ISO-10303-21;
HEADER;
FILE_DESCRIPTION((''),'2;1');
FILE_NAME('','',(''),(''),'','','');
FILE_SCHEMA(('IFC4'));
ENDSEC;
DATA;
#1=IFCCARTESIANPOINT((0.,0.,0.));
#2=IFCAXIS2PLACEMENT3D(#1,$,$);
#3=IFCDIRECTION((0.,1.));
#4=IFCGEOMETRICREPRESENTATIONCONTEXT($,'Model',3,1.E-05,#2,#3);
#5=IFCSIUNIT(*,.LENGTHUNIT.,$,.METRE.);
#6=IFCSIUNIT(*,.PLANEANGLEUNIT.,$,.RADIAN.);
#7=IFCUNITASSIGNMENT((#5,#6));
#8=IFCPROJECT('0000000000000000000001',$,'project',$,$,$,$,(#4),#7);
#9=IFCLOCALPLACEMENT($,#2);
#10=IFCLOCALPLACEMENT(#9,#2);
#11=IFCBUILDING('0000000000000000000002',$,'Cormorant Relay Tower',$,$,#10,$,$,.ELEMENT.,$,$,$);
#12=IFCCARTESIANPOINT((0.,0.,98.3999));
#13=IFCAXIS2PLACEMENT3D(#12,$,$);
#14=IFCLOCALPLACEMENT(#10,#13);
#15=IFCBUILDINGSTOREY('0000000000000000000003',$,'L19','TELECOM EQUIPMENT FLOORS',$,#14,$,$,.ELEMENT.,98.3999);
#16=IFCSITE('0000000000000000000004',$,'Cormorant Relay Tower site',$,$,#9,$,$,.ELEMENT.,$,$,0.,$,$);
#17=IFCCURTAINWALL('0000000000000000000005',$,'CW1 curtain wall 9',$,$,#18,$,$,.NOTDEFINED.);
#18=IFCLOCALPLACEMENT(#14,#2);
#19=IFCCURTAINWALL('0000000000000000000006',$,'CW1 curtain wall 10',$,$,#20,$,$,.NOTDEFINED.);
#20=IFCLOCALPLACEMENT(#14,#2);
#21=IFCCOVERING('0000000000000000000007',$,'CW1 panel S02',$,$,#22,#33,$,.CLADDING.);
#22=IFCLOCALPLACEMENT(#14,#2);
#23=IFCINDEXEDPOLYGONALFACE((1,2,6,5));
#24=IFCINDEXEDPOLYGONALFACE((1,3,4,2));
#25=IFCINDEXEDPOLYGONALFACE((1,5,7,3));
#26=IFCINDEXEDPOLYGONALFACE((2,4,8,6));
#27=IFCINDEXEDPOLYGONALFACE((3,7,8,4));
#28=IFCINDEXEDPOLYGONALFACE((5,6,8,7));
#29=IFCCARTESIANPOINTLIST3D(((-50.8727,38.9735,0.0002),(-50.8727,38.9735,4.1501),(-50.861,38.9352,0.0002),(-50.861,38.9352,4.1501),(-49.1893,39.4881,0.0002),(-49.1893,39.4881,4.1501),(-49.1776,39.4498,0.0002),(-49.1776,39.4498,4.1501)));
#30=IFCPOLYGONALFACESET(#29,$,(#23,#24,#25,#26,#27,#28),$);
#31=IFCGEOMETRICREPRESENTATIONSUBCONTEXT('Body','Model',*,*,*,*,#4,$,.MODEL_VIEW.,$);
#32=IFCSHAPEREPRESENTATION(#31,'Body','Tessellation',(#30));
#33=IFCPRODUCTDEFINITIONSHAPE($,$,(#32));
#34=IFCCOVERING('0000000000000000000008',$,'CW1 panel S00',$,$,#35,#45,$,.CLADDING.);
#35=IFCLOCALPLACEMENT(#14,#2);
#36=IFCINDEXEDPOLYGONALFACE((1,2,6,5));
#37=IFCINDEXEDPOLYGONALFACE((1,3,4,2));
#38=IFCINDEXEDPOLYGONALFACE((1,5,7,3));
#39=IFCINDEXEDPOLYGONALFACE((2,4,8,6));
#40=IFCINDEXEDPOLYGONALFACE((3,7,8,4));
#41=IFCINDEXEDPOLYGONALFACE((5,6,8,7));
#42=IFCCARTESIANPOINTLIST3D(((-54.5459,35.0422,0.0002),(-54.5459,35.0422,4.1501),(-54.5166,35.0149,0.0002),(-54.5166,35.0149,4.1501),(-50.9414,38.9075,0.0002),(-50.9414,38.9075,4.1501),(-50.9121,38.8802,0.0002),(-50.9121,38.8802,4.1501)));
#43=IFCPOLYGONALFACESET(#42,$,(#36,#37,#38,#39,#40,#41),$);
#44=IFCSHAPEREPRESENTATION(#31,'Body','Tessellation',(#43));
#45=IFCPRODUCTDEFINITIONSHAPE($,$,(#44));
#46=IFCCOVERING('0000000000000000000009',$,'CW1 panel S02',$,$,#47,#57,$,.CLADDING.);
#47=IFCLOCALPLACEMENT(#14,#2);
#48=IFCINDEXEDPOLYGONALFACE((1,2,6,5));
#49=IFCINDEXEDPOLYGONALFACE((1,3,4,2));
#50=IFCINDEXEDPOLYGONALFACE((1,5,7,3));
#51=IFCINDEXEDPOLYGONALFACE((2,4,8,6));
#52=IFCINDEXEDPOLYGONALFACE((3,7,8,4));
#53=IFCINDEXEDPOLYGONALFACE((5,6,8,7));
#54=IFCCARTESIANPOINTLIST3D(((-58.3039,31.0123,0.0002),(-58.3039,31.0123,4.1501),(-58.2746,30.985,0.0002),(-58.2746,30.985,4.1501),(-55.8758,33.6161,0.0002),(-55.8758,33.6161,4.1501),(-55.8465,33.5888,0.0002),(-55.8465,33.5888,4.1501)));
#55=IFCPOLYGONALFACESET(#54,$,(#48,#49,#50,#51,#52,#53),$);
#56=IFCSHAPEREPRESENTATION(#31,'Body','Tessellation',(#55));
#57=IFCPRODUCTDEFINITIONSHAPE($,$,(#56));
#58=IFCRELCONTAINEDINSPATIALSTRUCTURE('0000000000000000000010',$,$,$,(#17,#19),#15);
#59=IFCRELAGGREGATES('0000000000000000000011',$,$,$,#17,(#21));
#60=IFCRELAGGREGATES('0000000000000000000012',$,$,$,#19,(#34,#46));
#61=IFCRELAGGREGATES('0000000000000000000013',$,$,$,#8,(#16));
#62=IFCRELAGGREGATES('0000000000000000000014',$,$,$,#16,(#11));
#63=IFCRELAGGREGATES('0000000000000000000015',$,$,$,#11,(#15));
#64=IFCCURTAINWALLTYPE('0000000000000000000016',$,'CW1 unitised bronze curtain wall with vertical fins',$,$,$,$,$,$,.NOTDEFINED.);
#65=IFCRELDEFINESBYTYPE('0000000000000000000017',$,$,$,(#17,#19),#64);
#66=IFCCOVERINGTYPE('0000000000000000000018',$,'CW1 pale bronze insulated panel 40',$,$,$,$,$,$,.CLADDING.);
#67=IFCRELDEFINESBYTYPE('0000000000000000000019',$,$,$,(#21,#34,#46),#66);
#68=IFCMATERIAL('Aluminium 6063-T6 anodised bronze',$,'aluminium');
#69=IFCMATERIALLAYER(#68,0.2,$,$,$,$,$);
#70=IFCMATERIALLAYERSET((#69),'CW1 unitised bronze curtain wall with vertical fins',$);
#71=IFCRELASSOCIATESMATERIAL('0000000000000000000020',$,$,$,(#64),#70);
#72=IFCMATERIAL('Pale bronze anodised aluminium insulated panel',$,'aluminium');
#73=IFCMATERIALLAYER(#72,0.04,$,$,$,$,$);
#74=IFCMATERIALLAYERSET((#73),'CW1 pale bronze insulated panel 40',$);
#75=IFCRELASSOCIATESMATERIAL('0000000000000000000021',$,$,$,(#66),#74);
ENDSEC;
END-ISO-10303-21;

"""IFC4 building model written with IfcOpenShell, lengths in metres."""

from ifc_helpers import new_model, si_unit, direction, frame, origin, origin_2d, place, context, subcontext, project, spatial, rectangle, extrude, material, layer, layer_set, type_object, element, aggregate, save


model = new_model("IFC4")

# Units and contexts
model_context = context("Model", 3, precision=1e-05, world=origin(), true_north=direction((0.0, 1.0)))
body_context = subcontext(model_context, "Body", "Model", "MODEL_VIEW")
ifc_project = project(units=[si_unit("LENGTHUNIT", "METRE"), si_unit("PLANEANGLEUNIT", "RADIAN")], contexts=[model_context])

# Site, building, storey
site_placement = place(None, origin())
site = spatial("IfcSite", under=ifc_project, at=site_placement, Name="Cormorant Relay Tower site", CompositionType="ELEMENT", RefElevation=0.0)
building_placement = place(site_placement, origin())
building = spatial("IfcBuilding", under=site, at=building_placement, Name="Cormorant Relay Tower", CompositionType="ELEMENT")
storey_placement = place(building_placement, frame((0.0, 0.0, 98.3999)))
storey = spatial("IfcBuildingStorey", under=building, at=storey_placement, Name="L19", Description="TELECOM EQUIPMENT FLOORS", CompositionType="ELEMENT", Elevation=98.3999)

# Shared definitions
ifc_material_1 = material(Name="Aluminium 6063-T6 anodised bronze", Category="aluminium")
ifc_layer_1 = layer(ifc_material_1, 0.2)
ifc_layer_set_1 = layer_set([ifc_layer_1], Name="CW1 unitised bronze curtain wall with vertical fins")
curtain_wall_type = type_object("IfcCurtainWallType", Name="CW1 unitised bronze curtain wall with vertical fins", PredefinedType="NOTDEFINED", material=ifc_layer_set_1)

# Curtain walls
curtain_wall_1_placement = place(storey_placement, origin())
curtain_wall_1 = element("IfcCurtainWall", 1, at=curtain_wall_1_placement, inside=storey, type_object=curtain_wall_type, Name="CW1 curtain wall 9", PredefinedType="NOTDEFINED")
curtain_wall_2_placement = place(storey_placement, origin())
curtain_wall_2 = element("IfcCurtainWall", 2, at=curtain_wall_2_placement, inside=storey, type_object=curtain_wall_type, Name="CW1 curtain wall 10", PredefinedType="NOTDEFINED")

# Coverings
ifc_material_2 = material(Name="Pale bronze anodised aluminium insulated panel", Category="aluminium")
ifc_layer_2 = layer(ifc_material_2, 0.04)
ifc_layer_set_2 = layer_set([ifc_layer_2], Name="CW1 pale bronze insulated panel 40")
covering_type = type_object("IfcCoveringType", Name="CW1 pale bronze insulated panel 40", PredefinedType="CLADDING", material=ifc_layer_set_2)
covering_1_placement = place(storey_placement, frame((-50.0251, 39.2117, 0.0002), z_axis=(0.0, 0.0, 1.0), x_axis=(-0.956305, -0.292372, 0.0)))
covering_1 = element("IfcCovering", 3, at=covering_1_placement, type_object=covering_type, Name="CW1 panel S02", PredefinedType="CLADDING", context=body_context, shape_type="SweptSolid", body=[
    extrude(rectangle(XDim=1.7603, YDim=0.04, at=origin_2d()), origin(), (0.0, 0.0, 1.0), 4.1499),
])
aggregate(curtain_wall_1, [covering_1])
covering_2_placement = place(storey_placement, frame((-52.729, 36.9612, 0.0002), z_axis=(0.0, 0.0, 1.0), x_axis=(-0.681998, -0.731354, 0.0)))
covering_2 = element("IfcCovering", 4, at=covering_2_placement, type_object=covering_type, Name="CW1 panel S00", PredefinedType="CLADDING", context=body_context, shape_type="SweptSolid", body=[
    extrude(rectangle(XDim=5.2852, YDim=0.04, at=origin_2d()), origin(), (0.0, 0.0, 1.0), 4.1499),
])
covering_3_placement = place(storey_placement, frame((-57.0752, 32.3005, 0.0002), z_axis=(0.0, 0.0, 1.0), x_axis=(-0.681998, -0.731354, 0.0)))
covering_3 = element("IfcCovering", 5, at=covering_3_placement, type_object=covering_type, Name="CW1 panel S02", PredefinedType="CLADDING", context=body_context, shape_type="SweptSolid", body=[
    extrude(rectangle(XDim=3.5603, YDim=0.04, at=origin_2d()), origin(), (0.0, 0.0, 1.0), 4.1499),
])
aggregate(curtain_wall_2, [covering_2, covering_3])

save(model, "model.ifc")
